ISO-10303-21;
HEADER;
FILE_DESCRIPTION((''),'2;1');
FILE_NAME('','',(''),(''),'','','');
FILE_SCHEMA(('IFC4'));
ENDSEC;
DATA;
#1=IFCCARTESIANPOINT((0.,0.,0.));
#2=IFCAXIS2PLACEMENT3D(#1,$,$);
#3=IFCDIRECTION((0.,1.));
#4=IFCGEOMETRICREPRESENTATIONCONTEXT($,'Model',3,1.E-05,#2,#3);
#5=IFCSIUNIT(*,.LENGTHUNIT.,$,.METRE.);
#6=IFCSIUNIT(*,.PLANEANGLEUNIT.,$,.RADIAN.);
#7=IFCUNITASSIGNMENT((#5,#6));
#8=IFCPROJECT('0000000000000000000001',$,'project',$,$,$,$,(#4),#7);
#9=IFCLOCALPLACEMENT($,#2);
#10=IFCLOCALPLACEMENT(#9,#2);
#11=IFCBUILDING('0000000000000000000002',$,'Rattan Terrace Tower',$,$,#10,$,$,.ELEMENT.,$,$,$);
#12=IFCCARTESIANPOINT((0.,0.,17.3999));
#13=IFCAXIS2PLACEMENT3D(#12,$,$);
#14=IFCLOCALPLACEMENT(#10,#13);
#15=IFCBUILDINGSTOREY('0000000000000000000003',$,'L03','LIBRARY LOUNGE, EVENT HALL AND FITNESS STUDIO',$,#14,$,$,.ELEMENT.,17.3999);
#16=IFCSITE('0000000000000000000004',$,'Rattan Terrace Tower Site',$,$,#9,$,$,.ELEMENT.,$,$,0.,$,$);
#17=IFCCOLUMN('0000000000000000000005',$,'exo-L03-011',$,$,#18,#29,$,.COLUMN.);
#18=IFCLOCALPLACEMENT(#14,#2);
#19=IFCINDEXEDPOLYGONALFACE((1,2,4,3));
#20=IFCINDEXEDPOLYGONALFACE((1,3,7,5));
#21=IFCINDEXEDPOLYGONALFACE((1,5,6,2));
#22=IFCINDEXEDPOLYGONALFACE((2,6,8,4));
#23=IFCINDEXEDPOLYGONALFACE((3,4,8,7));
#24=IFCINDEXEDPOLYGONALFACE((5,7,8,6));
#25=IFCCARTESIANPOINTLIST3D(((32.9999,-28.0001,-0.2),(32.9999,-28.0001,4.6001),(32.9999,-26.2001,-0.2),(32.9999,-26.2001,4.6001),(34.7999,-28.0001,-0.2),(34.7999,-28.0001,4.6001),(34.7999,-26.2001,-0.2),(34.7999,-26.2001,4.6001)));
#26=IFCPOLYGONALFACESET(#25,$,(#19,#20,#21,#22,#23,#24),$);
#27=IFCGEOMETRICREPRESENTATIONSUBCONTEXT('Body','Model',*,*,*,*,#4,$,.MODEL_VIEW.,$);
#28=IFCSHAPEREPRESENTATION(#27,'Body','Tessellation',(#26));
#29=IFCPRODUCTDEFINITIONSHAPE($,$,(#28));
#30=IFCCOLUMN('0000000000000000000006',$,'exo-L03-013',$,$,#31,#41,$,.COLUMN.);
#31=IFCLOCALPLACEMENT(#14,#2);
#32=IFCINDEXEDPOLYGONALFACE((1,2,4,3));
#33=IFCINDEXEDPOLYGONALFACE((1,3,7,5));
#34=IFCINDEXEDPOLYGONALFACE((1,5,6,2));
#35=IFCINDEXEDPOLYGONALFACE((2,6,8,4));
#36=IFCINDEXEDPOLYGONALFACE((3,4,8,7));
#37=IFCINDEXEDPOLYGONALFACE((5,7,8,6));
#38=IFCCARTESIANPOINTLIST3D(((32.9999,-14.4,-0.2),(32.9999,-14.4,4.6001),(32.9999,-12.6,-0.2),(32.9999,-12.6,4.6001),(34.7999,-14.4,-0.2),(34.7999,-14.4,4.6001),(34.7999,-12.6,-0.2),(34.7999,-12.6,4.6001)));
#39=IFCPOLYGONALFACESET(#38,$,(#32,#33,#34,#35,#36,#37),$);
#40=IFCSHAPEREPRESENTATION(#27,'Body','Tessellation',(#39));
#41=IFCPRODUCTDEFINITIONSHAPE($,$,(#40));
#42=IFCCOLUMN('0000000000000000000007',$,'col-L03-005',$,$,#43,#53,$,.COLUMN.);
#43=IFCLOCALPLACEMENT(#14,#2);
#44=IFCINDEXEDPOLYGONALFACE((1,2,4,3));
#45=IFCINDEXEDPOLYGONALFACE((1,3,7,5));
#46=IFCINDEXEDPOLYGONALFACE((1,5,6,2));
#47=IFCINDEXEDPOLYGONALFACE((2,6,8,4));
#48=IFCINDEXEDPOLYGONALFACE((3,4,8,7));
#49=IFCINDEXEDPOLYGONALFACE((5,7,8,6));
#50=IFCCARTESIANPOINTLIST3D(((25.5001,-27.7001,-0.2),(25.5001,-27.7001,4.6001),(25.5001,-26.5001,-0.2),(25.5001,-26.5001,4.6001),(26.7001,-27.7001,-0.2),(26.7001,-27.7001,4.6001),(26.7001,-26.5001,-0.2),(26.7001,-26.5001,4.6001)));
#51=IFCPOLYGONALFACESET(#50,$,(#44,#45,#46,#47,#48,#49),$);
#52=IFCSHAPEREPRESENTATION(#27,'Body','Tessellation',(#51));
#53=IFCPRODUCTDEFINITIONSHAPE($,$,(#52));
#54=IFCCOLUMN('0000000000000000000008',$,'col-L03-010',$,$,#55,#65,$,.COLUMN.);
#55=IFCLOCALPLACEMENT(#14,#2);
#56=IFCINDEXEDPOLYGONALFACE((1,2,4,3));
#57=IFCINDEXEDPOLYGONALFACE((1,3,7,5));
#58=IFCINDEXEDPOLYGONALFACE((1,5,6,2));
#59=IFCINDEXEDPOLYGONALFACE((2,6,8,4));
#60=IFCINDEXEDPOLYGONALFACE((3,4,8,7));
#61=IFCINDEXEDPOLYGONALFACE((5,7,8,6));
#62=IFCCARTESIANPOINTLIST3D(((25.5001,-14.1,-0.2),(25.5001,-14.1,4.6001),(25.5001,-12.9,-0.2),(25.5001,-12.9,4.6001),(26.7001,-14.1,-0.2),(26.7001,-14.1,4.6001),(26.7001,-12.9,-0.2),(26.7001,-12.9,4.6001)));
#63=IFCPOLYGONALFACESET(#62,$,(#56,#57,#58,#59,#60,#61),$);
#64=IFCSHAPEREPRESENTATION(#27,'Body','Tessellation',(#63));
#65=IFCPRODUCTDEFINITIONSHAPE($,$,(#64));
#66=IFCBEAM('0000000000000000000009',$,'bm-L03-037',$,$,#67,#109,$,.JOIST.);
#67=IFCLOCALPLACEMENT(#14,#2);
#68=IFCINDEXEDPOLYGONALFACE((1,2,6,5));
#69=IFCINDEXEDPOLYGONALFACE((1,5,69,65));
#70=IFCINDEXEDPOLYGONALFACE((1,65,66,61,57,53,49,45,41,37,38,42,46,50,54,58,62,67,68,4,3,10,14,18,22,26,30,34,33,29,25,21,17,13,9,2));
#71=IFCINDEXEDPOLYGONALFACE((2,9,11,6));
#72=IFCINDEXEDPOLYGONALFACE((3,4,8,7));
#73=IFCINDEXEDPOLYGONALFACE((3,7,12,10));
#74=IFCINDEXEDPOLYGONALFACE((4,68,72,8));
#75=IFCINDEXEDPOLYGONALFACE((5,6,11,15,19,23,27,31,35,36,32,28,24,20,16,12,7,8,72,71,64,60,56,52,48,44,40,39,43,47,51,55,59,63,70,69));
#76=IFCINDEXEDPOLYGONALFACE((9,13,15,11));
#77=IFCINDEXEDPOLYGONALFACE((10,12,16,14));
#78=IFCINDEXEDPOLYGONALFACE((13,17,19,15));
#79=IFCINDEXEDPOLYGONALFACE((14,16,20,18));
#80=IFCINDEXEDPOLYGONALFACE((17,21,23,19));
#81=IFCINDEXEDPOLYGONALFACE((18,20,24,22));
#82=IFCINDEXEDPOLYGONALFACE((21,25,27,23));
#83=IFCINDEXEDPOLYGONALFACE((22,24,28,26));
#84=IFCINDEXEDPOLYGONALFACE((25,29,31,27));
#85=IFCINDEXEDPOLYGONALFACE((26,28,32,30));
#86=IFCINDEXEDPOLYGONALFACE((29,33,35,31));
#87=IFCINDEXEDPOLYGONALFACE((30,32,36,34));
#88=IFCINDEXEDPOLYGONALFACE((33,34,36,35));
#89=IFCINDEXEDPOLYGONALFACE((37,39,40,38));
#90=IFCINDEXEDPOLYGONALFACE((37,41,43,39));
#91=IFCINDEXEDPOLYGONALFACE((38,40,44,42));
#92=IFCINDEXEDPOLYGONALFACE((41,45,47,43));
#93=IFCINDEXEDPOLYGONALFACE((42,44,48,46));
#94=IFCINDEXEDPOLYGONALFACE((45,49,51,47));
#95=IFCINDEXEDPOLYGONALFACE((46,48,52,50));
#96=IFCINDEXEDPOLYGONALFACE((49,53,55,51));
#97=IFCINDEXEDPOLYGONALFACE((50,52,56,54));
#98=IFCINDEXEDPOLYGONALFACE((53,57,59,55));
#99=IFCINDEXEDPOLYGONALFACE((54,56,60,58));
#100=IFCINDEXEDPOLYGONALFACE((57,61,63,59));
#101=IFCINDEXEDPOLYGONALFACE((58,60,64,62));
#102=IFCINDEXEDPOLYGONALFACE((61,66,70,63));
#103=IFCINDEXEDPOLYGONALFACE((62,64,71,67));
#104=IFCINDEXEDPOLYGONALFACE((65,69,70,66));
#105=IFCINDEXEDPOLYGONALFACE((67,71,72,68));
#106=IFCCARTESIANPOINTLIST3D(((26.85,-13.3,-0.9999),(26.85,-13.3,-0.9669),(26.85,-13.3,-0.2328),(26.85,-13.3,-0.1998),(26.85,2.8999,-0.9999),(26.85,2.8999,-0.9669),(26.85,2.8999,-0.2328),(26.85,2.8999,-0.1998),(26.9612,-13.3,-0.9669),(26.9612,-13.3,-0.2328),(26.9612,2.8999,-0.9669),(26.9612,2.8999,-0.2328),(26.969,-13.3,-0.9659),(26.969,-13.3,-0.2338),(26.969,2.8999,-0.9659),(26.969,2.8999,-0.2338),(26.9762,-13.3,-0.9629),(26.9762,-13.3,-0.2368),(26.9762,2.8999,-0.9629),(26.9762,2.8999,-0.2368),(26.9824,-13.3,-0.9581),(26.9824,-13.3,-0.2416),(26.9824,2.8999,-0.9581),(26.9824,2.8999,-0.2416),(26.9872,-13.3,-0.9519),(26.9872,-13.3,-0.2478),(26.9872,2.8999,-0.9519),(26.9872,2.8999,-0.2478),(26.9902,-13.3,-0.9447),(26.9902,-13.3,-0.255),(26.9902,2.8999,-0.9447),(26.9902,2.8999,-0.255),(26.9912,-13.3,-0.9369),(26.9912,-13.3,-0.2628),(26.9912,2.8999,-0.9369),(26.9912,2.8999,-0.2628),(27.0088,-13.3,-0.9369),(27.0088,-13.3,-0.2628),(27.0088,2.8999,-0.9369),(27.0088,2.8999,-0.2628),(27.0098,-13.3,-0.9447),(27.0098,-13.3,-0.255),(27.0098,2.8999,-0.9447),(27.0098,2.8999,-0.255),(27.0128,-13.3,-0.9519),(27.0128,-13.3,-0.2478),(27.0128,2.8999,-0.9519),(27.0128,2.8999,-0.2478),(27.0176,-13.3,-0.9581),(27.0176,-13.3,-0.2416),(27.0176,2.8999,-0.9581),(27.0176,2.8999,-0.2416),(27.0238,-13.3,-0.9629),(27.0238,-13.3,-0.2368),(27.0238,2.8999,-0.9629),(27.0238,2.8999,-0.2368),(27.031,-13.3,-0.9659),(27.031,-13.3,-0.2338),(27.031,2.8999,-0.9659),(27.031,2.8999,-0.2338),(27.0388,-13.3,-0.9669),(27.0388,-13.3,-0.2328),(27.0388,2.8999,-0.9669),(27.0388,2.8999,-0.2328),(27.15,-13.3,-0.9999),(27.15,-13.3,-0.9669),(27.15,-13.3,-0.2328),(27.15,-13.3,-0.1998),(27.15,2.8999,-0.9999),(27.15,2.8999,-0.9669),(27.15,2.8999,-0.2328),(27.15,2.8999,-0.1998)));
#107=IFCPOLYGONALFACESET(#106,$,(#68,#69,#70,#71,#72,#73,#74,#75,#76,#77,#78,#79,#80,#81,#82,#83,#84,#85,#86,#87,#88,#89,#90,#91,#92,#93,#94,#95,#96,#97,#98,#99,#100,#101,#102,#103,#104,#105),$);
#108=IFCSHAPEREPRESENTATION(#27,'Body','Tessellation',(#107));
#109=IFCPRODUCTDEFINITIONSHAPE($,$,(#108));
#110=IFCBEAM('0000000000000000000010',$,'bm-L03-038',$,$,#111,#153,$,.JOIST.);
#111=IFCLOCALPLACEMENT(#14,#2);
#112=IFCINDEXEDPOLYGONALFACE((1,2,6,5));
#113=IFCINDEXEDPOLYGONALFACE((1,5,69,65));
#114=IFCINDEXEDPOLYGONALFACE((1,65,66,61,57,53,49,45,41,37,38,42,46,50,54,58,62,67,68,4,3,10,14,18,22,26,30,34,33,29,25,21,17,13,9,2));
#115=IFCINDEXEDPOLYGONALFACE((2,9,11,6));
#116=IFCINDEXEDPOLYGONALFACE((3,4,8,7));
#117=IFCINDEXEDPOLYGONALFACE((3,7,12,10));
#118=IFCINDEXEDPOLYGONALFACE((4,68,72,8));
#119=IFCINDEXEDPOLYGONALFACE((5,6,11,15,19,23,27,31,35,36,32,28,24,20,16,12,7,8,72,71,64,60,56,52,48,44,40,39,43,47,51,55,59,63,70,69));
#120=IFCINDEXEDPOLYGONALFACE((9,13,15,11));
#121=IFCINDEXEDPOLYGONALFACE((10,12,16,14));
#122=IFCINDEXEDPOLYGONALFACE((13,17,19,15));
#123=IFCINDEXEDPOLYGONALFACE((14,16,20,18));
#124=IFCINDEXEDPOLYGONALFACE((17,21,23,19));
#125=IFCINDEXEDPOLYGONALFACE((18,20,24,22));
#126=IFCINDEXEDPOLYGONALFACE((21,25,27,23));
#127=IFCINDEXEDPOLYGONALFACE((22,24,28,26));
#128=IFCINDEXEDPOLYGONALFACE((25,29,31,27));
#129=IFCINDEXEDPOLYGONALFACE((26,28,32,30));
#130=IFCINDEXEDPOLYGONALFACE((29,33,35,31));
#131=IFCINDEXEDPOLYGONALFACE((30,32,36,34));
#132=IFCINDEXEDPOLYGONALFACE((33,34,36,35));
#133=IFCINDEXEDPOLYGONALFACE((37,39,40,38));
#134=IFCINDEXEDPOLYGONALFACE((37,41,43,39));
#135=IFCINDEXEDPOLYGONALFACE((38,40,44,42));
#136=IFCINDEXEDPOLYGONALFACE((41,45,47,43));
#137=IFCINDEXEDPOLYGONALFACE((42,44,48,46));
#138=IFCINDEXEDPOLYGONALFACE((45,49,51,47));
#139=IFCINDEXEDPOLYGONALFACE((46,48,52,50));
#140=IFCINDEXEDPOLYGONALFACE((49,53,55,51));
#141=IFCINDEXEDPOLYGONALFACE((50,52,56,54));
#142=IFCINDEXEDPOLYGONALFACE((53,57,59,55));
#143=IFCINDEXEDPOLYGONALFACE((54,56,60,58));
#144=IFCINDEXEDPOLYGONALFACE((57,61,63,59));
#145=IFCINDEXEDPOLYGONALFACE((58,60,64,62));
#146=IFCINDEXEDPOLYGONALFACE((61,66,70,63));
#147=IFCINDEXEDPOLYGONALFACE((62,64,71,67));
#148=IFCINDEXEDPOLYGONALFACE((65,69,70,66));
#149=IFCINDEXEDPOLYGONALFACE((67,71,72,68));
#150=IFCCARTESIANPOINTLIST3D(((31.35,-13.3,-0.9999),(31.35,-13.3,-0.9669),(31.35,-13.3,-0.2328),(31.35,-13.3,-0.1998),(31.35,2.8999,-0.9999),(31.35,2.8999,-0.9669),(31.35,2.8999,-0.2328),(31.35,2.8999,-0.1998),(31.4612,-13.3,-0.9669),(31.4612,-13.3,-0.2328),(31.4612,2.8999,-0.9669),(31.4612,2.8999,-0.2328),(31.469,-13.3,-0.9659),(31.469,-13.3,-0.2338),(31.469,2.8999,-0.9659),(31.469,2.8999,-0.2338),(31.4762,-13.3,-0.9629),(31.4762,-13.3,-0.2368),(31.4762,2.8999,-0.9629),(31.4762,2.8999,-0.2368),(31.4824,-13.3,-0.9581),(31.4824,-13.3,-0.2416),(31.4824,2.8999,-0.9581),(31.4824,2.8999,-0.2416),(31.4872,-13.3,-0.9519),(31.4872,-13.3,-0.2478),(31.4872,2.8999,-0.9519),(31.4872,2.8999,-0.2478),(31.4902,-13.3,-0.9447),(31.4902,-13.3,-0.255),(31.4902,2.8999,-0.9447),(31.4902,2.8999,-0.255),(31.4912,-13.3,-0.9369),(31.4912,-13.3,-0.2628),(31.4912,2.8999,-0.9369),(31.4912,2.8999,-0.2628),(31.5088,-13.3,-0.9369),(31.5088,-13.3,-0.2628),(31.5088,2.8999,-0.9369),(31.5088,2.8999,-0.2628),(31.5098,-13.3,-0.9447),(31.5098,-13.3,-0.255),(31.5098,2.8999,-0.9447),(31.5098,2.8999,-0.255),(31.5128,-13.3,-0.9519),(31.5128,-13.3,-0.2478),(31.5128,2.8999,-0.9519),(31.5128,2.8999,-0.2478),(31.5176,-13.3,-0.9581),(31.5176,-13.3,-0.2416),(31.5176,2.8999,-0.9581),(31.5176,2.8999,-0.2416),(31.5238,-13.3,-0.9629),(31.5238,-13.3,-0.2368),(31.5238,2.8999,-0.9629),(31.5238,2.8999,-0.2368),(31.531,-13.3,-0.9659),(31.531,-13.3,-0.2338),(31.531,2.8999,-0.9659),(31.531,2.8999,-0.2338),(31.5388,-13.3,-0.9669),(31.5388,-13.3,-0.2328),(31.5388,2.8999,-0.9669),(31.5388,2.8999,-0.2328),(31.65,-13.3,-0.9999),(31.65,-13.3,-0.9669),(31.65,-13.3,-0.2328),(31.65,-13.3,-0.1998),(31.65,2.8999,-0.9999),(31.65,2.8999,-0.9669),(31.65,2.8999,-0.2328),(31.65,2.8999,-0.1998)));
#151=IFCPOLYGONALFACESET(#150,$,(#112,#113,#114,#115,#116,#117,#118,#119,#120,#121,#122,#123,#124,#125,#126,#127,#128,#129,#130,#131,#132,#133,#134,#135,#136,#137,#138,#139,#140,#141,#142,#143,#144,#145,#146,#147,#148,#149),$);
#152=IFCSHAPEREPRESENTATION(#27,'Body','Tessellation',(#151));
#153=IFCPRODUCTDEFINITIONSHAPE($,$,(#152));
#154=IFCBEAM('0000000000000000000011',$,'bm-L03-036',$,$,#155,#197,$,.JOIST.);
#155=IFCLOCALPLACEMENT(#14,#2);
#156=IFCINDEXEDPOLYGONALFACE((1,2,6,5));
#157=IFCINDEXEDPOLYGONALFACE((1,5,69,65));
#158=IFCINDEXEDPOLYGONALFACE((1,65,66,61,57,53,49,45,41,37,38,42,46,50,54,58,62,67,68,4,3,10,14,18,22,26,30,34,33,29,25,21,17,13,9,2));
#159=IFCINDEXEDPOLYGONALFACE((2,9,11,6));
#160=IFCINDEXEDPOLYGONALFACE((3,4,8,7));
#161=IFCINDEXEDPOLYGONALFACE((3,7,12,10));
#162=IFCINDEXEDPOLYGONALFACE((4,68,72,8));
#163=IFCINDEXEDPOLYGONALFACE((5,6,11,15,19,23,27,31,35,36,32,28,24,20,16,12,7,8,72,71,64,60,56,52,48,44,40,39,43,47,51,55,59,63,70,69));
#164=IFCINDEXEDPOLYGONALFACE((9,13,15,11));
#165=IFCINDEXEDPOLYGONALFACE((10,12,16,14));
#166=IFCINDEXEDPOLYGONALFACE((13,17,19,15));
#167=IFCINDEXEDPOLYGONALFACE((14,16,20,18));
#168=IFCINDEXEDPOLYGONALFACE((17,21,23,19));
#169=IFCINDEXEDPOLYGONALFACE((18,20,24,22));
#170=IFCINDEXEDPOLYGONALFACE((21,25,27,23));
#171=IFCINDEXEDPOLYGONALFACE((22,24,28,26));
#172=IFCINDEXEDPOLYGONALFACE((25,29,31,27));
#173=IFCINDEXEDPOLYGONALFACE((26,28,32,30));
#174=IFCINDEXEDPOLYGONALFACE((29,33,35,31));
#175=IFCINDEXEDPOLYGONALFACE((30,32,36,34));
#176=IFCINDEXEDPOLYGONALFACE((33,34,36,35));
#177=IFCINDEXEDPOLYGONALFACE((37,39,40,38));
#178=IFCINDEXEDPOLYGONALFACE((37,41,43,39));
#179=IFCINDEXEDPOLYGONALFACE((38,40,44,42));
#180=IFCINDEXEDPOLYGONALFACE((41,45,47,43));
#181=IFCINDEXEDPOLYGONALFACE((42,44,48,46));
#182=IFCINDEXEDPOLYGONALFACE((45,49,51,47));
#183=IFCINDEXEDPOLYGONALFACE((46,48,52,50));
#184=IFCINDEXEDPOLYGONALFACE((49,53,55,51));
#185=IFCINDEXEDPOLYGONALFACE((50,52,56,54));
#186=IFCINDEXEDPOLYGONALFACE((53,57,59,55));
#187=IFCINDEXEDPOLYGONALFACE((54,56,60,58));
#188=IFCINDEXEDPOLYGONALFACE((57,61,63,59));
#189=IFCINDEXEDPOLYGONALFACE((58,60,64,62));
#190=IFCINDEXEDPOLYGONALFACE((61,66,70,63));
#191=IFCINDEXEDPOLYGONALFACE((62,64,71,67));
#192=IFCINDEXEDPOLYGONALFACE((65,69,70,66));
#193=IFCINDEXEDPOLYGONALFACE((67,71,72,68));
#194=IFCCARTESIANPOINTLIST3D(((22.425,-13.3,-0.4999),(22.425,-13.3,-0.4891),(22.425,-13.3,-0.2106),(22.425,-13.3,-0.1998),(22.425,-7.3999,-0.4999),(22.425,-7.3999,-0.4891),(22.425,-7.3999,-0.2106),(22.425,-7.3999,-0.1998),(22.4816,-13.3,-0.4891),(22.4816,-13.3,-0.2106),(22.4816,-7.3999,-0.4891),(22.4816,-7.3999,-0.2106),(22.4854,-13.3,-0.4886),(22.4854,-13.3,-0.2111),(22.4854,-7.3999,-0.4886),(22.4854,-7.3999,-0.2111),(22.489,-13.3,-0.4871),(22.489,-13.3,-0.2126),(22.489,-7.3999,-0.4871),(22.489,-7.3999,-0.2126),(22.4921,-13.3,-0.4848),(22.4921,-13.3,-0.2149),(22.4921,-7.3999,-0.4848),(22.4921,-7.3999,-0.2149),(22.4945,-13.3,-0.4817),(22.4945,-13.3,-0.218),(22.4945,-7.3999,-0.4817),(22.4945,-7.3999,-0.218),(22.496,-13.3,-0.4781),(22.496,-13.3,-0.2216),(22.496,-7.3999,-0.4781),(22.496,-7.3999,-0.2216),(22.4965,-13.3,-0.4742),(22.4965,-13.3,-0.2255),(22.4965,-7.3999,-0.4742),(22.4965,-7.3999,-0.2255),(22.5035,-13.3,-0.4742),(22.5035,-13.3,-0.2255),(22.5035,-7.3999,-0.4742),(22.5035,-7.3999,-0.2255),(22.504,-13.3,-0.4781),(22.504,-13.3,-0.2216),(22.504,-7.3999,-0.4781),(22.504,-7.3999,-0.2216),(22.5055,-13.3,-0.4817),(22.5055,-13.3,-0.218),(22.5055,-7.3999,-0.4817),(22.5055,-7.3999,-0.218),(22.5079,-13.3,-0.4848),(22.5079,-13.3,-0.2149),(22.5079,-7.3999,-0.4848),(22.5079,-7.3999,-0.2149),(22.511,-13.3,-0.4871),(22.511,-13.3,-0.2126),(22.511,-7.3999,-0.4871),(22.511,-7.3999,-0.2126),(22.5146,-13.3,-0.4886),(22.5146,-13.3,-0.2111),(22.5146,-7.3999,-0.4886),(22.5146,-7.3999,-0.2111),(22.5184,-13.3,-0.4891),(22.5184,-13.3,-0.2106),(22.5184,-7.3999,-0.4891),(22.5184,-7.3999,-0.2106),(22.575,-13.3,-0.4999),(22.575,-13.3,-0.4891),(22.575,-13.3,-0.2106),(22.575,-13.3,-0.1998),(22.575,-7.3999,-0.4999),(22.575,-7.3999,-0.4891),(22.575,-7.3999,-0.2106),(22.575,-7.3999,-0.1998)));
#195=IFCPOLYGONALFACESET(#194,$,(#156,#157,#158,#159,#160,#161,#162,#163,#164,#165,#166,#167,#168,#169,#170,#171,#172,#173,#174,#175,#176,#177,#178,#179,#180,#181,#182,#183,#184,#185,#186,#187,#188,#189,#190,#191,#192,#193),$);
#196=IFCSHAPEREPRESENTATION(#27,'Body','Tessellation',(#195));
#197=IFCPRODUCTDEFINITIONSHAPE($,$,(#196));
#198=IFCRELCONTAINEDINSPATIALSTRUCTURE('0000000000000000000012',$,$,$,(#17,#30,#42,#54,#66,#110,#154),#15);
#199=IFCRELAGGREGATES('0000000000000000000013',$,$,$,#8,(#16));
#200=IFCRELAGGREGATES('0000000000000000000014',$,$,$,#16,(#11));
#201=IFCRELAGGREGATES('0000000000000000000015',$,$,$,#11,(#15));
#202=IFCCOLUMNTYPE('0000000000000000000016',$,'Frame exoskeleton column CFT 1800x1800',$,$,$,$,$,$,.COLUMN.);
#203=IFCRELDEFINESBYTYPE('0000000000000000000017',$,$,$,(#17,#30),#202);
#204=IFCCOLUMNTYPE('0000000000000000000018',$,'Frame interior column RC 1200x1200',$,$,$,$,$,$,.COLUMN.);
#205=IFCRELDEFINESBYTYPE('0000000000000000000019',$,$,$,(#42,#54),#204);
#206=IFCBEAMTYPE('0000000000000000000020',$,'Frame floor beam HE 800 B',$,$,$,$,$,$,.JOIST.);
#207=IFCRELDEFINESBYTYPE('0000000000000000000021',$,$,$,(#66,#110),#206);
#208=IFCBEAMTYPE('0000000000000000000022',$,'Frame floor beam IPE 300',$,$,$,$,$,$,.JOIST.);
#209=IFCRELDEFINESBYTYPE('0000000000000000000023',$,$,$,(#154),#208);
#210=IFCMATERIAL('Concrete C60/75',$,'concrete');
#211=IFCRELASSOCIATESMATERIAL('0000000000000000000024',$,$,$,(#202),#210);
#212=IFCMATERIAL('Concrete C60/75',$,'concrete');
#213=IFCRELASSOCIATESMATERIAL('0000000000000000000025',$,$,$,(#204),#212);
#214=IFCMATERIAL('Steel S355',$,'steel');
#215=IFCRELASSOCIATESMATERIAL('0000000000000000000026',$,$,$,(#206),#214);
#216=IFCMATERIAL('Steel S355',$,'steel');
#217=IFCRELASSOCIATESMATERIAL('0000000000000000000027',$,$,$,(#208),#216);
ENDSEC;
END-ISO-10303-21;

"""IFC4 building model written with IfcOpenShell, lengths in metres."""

from ifc_helpers import new_model, si_unit, direction, frame, origin, origin_2d, place, context, subcontext, project, spatial, rectangle, i_section, extrude, material, material_profile, profile_set, type_object, element, save


model = new_model("IFC4")

# Units and contexts
model_context = context("Model", 3, precision=1e-05, world=origin(), true_north=direction((0.0, 1.0)))
body_context = subcontext(model_context, "Body", "Model", "MODEL_VIEW")
ifc_project = project(units=[si_unit("LENGTHUNIT", "METRE"), si_unit("PLANEANGLEUNIT", "RADIAN")], contexts=[model_context])

# Site, building, storey
site_placement = place(None, origin())
site = spatial("IfcSite", under=ifc_project, at=site_placement, Name="Rattan Terrace Tower Site", CompositionType="ELEMENT", RefElevation=0.0)
building_placement = place(site_placement, origin())
building = spatial("IfcBuilding", under=site, at=building_placement, Name="Rattan Terrace Tower", CompositionType="ELEMENT")
storey_placement = place(building_placement, frame((0.0, 0.0, 17.3999)))
storey = spatial("IfcBuildingStorey", under=building, at=storey_placement, Name="L03", Description="LIBRARY LOUNGE, EVENT HALL AND FITNESS STUDIO", CompositionType="ELEMENT", Elevation=17.3999)

# Columns
ifc_material_1 = material(Name="Concrete C60/75", Category="concrete")
ifc_material_profile_1 = material_profile(ifc_material_1, rectangle(XDim=1.8, YDim=1.8, at=origin_2d()), Name="CFT 1800x1800")
ifc_profile_set_1 = profile_set([ifc_material_profile_1], Name="Concrete C60/75")
column_type_1 = type_object("IfcColumnType", Name="Frame exoskeleton column CFT 1800x1800", PredefinedType="COLUMN", material=ifc_profile_set_1)
for number, where, z_axis, x_axis, name in (
    (1, (33.8999, -27.1001, -0.2), (0.0, 0.0, 1.0), (0.0, 1.0, 0.0), "exo-L03-011"),
    (2, (33.8999, -13.5, -0.2), (0.0, 0.0, 1.0), (0.0, 1.0, 0.0), "exo-L03-013"),
):
    element("IfcColumn", number, at=place(storey_placement, frame(where, z_axis=z_axis, x_axis=x_axis)), inside=storey, type_object=column_type_1, Name=name, PredefinedType="COLUMN", context=body_context, shape_type="SweptSolid", body=[
        extrude(rectangle(XDim=1.8, YDim=1.8, at=origin_2d()), origin(), (0.0, 0.0, 1.0), 4.8),
    ])
ifc_material_2 = material(Name="Concrete C60/75", Category="concrete")
ifc_material_profile_2 = material_profile(ifc_material_2, rectangle(XDim=1.2, YDim=1.2, at=origin_2d()), Name="RC 1200x1200")
ifc_profile_set_2 = profile_set([ifc_material_profile_2], Name="Concrete C60/75")
column_type_2 = type_object("IfcColumnType", Name="Frame interior column RC 1200x1200", PredefinedType="COLUMN", material=ifc_profile_set_2)
for number, where, z_axis, x_axis, name in (
    (3, (26.1001, -27.1001, -0.2), (0.0, 0.0, 1.0), (1.0, 0.0, 0.0), "col-L03-005"),
    (4, (26.1001, -13.5, -0.2), (0.0, 0.0, 1.0), (1.0, 0.0, 0.0), "col-L03-010"),
):
    element("IfcColumn", number, at=place(storey_placement, frame(where, z_axis=z_axis, x_axis=x_axis)), inside=storey, type_object=column_type_2, Name=name, PredefinedType="COLUMN", context=body_context, shape_type="SweptSolid", body=[
        extrude(rectangle(XDim=1.2, YDim=1.2, at=origin_2d()), origin(), (0.0, 0.0, 1.0), 4.8),
    ])

# Beams
ifc_material_3 = material(Name="Steel S355", Category="steel")
ifc_material_profile_3 = material_profile(ifc_material_3, i_section(OverallWidth=0.3, OverallDepth=0.8, WebThickness=0.0176, FlangeThickness=0.033, FilletRadius=0.03, at=origin_2d()), Name="HE 800 B")
ifc_profile_set_3 = profile_set([ifc_material_profile_3], Name="Steel S355")
beam_type_1 = type_object("IfcBeamType", Name="Frame floor beam HE 800 B", PredefinedType="JOIST", material=ifc_profile_set_3)
for number, where, z_axis, x_axis, name in (
    (5, (27.0, -13.3, -0.5999), (0.0, 1.0, 0.0), (-1.0, 0.0, 0.0), "bm-L03-037"),
    (6, (31.5, -13.3, -0.5999), (0.0, 1.0, 0.0), (-1.0, 0.0, 0.0), "bm-L03-038"),
):
    element("IfcBeam", number, at=place(storey_placement, frame(where, z_axis=z_axis, x_axis=x_axis)), inside=storey, type_object=beam_type_1, Name=name, PredefinedType="JOIST", context=body_context, shape_type="SweptSolid", body=[
        extrude(i_section(OverallWidth=0.3, OverallDepth=0.8, WebThickness=0.0176, FlangeThickness=0.033, FilletRadius=0.03, at=origin_2d()), origin(), (0.0, 0.0, 1.0), 16.2),
    ])
ifc_material_4 = material(Name="Steel S355", Category="steel")
ifc_material_profile_4 = material_profile(ifc_material_4, i_section(OverallWidth=0.1499, OverallDepth=0.3, WebThickness=0.0071, FlangeThickness=0.0107, FilletRadius=0.0149, at=origin_2d()), Name="IPE 300")
ifc_profile_set_4 = profile_set([ifc_material_profile_4], Name="Steel S355")
beam_type_2 = type_object("IfcBeamType", Name="Frame floor beam IPE 300", PredefinedType="JOIST", material=ifc_profile_set_4)
beam_1_placement = place(storey_placement, frame((22.5, -13.3, -0.3499), z_axis=(0.0, 1.0, 0.0), x_axis=(-1.0, 0.0, 0.0)))
element("IfcBeam", 7, at=beam_1_placement, inside=storey, type_object=beam_type_2, Name="bm-L03-036", PredefinedType="JOIST", context=body_context, shape_type="SweptSolid", body=[
    extrude(i_section(OverallWidth=0.1499, OverallDepth=0.3, WebThickness=0.0071, FlangeThickness=0.0107, FilletRadius=0.0149, at=origin_2d()), origin(), (0.0, 0.0, 1.0), 5.9001),
])

save(model, "model.ifc")
